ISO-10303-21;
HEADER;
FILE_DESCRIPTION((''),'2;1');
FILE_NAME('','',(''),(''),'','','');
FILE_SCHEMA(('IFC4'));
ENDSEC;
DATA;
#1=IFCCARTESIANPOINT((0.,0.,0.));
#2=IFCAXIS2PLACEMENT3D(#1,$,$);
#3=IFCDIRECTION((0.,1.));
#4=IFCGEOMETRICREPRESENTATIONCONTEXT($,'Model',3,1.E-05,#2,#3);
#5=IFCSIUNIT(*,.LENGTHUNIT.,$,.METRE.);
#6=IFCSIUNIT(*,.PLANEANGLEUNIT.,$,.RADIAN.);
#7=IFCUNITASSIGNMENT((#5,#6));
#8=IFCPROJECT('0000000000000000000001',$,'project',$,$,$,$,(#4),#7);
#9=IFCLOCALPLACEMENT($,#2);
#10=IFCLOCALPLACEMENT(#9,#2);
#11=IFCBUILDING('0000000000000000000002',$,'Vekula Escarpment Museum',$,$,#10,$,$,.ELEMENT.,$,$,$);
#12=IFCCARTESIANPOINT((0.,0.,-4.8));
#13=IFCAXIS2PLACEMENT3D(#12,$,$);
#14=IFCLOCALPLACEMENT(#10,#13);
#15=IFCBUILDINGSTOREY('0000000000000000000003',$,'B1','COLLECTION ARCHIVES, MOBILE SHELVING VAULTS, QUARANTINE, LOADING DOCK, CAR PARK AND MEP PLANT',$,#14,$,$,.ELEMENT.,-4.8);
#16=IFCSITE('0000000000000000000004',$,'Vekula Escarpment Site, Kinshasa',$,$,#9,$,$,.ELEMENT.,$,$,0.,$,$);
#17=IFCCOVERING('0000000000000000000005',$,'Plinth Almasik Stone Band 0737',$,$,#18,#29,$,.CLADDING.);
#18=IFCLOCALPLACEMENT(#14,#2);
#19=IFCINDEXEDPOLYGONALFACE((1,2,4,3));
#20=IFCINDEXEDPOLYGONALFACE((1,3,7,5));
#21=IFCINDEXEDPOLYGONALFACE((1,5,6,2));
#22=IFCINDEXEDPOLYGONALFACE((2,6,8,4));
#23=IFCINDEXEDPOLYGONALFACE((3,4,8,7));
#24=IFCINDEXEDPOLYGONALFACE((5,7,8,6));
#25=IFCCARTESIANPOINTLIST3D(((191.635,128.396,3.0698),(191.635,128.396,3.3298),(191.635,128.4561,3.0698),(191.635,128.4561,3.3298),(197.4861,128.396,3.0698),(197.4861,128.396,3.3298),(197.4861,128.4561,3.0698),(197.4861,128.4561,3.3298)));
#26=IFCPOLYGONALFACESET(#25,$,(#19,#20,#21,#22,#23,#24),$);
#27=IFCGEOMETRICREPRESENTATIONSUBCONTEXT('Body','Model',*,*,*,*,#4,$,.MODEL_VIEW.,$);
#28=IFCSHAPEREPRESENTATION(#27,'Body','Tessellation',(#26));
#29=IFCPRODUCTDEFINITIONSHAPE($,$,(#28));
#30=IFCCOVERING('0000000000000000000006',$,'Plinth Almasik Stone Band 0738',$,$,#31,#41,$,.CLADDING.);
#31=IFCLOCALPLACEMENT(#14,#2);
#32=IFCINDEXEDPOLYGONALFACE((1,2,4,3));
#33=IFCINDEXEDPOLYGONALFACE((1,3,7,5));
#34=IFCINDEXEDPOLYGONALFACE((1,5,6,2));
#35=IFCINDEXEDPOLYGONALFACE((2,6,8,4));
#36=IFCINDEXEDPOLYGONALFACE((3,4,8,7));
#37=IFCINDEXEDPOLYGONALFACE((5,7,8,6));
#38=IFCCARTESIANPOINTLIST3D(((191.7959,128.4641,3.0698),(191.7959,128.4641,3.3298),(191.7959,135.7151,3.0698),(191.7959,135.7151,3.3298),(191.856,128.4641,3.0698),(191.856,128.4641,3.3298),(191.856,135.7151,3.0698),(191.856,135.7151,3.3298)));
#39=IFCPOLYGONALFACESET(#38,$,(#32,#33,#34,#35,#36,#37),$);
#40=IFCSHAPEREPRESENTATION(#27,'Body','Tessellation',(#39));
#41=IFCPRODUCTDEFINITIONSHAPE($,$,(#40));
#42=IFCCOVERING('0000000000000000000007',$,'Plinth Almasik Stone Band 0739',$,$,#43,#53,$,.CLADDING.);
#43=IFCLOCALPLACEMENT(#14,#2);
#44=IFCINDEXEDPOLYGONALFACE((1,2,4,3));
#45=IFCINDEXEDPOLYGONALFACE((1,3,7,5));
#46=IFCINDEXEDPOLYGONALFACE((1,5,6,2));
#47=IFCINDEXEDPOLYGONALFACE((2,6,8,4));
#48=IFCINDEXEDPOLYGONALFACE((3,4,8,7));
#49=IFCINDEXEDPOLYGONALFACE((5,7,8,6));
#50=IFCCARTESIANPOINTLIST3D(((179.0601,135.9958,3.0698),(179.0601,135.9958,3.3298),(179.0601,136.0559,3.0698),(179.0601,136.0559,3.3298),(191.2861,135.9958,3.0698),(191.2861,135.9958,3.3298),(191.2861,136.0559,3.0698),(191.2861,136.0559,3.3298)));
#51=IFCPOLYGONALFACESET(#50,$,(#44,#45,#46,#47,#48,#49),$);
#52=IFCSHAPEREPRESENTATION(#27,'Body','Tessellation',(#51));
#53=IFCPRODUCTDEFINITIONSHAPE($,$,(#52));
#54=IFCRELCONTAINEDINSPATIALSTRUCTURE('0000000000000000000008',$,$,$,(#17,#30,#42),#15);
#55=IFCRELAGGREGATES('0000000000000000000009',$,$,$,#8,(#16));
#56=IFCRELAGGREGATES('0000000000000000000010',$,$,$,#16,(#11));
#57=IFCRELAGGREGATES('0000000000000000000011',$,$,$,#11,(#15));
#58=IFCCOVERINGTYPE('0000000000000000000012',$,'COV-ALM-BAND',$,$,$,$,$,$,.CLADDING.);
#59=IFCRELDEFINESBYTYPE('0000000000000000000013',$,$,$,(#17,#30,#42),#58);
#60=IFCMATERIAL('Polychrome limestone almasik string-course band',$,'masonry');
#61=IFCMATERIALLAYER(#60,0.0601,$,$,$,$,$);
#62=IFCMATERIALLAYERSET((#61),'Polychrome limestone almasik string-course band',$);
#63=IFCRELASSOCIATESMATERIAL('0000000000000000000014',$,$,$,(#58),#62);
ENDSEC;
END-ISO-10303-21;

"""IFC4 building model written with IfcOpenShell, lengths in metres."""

from ifc_helpers import new_model, si_unit, direction, frame, origin, origin_2d, place, context, subcontext, project, spatial, rectangle, extrude, material, layer, layer_set, type_object, element, save


model = new_model("IFC4")

# Units and contexts
model_context = context("Model", 3, precision=1e-05, world=origin(), true_north=direction((0.0, 1.0)))
body_context = subcontext(model_context, "Body", "Model", "MODEL_VIEW")
ifc_project = project(units=[si_unit("LENGTHUNIT", "METRE"), si_unit("PLANEANGLEUNIT", "RADIAN")], contexts=[model_context])

# Site, building, storey
site_placement = place(None, origin())
site = spatial("IfcSite", under=ifc_project, at=site_placement, Name="Vekula Escarpment Site, Kinshasa", CompositionType="ELEMENT", RefElevation=0.0)
building_placement = place(site_placement, origin())
building = spatial("IfcBuilding", under=site, at=building_placement, Name="Vekula Escarpment Museum", CompositionType="ELEMENT")
storey_placement = place(building_placement, frame((0.0, 0.0, -4.8)))
storey = spatial("IfcBuildingStorey", under=building, at=storey_placement, Name="B1", Description="COLLECTION ARCHIVES, MOBILE SHELVING VAULTS, QUARANTINE, LOADING DOCK, CAR PARK AND MEP PLANT", CompositionType="ELEMENT", Elevation=-4.8)

# Coverings
ifc_material_1 = material(Name="Polychrome limestone almasik string-course band", Category="masonry")
ifc_layer_1 = layer(ifc_material_1, 0.0601)
ifc_layer_set_1 = layer_set([ifc_layer_1], Name="Polychrome limestone almasik string-course band")
covering_type = type_object("IfcCoveringType", Name="COV-ALM-BAND", PredefinedType="CLADDING", material=ifc_layer_set_1)
covering_1_placement = place(storey_placement, frame((194.5605, 128.426, 3.0698), z_axis=(0.0, 0.0, 1.0), x_axis=(1.0, 0.0, 0.0)))
element("IfcCovering", 1, at=covering_1_placement, inside=storey, type_object=covering_type, Name="Plinth Almasik Stone Band 0737", PredefinedType="CLADDING", context=body_context, shape_type="SweptSolid", body=[
    extrude(rectangle(XDim=5.8511, YDim=0.0601, at=origin_2d()), origin(), (0.0, 0.0, 1.0), 0.26),
])
covering_2_placement = place(storey_placement, frame((191.8259, 132.0896, 3.0698), z_axis=(0.0, 0.0, 1.0), x_axis=(0.0, 1.0, 0.0)))
element("IfcCovering", 2, at=covering_2_placement, inside=storey, type_object=covering_type, Name="Plinth Almasik Stone Band 0738", PredefinedType="CLADDING", context=body_context, shape_type="SweptSolid", body=[
    extrude(rectangle(XDim=7.251, YDim=0.0601, at=origin_2d()), origin(), (0.0, 0.0, 1.0), 0.26),
])
covering_3_placement = place(storey_placement, frame((185.1731, 136.0259, 3.0698), z_axis=(0.0, 0.0, 1.0), x_axis=(1.0, 0.0, 0.0)))
element("IfcCovering", 3, at=covering_3_placement, inside=storey, type_object=covering_type, Name="Plinth Almasik Stone Band 0739", PredefinedType="CLADDING", context=body_context, shape_type="SweptSolid", body=[
    extrude(rectangle(XDim=12.2261, YDim=0.0601, at=origin_2d()), origin(), (0.0, 0.0, 1.0), 0.26),
])

save(model, "model.ifc")
